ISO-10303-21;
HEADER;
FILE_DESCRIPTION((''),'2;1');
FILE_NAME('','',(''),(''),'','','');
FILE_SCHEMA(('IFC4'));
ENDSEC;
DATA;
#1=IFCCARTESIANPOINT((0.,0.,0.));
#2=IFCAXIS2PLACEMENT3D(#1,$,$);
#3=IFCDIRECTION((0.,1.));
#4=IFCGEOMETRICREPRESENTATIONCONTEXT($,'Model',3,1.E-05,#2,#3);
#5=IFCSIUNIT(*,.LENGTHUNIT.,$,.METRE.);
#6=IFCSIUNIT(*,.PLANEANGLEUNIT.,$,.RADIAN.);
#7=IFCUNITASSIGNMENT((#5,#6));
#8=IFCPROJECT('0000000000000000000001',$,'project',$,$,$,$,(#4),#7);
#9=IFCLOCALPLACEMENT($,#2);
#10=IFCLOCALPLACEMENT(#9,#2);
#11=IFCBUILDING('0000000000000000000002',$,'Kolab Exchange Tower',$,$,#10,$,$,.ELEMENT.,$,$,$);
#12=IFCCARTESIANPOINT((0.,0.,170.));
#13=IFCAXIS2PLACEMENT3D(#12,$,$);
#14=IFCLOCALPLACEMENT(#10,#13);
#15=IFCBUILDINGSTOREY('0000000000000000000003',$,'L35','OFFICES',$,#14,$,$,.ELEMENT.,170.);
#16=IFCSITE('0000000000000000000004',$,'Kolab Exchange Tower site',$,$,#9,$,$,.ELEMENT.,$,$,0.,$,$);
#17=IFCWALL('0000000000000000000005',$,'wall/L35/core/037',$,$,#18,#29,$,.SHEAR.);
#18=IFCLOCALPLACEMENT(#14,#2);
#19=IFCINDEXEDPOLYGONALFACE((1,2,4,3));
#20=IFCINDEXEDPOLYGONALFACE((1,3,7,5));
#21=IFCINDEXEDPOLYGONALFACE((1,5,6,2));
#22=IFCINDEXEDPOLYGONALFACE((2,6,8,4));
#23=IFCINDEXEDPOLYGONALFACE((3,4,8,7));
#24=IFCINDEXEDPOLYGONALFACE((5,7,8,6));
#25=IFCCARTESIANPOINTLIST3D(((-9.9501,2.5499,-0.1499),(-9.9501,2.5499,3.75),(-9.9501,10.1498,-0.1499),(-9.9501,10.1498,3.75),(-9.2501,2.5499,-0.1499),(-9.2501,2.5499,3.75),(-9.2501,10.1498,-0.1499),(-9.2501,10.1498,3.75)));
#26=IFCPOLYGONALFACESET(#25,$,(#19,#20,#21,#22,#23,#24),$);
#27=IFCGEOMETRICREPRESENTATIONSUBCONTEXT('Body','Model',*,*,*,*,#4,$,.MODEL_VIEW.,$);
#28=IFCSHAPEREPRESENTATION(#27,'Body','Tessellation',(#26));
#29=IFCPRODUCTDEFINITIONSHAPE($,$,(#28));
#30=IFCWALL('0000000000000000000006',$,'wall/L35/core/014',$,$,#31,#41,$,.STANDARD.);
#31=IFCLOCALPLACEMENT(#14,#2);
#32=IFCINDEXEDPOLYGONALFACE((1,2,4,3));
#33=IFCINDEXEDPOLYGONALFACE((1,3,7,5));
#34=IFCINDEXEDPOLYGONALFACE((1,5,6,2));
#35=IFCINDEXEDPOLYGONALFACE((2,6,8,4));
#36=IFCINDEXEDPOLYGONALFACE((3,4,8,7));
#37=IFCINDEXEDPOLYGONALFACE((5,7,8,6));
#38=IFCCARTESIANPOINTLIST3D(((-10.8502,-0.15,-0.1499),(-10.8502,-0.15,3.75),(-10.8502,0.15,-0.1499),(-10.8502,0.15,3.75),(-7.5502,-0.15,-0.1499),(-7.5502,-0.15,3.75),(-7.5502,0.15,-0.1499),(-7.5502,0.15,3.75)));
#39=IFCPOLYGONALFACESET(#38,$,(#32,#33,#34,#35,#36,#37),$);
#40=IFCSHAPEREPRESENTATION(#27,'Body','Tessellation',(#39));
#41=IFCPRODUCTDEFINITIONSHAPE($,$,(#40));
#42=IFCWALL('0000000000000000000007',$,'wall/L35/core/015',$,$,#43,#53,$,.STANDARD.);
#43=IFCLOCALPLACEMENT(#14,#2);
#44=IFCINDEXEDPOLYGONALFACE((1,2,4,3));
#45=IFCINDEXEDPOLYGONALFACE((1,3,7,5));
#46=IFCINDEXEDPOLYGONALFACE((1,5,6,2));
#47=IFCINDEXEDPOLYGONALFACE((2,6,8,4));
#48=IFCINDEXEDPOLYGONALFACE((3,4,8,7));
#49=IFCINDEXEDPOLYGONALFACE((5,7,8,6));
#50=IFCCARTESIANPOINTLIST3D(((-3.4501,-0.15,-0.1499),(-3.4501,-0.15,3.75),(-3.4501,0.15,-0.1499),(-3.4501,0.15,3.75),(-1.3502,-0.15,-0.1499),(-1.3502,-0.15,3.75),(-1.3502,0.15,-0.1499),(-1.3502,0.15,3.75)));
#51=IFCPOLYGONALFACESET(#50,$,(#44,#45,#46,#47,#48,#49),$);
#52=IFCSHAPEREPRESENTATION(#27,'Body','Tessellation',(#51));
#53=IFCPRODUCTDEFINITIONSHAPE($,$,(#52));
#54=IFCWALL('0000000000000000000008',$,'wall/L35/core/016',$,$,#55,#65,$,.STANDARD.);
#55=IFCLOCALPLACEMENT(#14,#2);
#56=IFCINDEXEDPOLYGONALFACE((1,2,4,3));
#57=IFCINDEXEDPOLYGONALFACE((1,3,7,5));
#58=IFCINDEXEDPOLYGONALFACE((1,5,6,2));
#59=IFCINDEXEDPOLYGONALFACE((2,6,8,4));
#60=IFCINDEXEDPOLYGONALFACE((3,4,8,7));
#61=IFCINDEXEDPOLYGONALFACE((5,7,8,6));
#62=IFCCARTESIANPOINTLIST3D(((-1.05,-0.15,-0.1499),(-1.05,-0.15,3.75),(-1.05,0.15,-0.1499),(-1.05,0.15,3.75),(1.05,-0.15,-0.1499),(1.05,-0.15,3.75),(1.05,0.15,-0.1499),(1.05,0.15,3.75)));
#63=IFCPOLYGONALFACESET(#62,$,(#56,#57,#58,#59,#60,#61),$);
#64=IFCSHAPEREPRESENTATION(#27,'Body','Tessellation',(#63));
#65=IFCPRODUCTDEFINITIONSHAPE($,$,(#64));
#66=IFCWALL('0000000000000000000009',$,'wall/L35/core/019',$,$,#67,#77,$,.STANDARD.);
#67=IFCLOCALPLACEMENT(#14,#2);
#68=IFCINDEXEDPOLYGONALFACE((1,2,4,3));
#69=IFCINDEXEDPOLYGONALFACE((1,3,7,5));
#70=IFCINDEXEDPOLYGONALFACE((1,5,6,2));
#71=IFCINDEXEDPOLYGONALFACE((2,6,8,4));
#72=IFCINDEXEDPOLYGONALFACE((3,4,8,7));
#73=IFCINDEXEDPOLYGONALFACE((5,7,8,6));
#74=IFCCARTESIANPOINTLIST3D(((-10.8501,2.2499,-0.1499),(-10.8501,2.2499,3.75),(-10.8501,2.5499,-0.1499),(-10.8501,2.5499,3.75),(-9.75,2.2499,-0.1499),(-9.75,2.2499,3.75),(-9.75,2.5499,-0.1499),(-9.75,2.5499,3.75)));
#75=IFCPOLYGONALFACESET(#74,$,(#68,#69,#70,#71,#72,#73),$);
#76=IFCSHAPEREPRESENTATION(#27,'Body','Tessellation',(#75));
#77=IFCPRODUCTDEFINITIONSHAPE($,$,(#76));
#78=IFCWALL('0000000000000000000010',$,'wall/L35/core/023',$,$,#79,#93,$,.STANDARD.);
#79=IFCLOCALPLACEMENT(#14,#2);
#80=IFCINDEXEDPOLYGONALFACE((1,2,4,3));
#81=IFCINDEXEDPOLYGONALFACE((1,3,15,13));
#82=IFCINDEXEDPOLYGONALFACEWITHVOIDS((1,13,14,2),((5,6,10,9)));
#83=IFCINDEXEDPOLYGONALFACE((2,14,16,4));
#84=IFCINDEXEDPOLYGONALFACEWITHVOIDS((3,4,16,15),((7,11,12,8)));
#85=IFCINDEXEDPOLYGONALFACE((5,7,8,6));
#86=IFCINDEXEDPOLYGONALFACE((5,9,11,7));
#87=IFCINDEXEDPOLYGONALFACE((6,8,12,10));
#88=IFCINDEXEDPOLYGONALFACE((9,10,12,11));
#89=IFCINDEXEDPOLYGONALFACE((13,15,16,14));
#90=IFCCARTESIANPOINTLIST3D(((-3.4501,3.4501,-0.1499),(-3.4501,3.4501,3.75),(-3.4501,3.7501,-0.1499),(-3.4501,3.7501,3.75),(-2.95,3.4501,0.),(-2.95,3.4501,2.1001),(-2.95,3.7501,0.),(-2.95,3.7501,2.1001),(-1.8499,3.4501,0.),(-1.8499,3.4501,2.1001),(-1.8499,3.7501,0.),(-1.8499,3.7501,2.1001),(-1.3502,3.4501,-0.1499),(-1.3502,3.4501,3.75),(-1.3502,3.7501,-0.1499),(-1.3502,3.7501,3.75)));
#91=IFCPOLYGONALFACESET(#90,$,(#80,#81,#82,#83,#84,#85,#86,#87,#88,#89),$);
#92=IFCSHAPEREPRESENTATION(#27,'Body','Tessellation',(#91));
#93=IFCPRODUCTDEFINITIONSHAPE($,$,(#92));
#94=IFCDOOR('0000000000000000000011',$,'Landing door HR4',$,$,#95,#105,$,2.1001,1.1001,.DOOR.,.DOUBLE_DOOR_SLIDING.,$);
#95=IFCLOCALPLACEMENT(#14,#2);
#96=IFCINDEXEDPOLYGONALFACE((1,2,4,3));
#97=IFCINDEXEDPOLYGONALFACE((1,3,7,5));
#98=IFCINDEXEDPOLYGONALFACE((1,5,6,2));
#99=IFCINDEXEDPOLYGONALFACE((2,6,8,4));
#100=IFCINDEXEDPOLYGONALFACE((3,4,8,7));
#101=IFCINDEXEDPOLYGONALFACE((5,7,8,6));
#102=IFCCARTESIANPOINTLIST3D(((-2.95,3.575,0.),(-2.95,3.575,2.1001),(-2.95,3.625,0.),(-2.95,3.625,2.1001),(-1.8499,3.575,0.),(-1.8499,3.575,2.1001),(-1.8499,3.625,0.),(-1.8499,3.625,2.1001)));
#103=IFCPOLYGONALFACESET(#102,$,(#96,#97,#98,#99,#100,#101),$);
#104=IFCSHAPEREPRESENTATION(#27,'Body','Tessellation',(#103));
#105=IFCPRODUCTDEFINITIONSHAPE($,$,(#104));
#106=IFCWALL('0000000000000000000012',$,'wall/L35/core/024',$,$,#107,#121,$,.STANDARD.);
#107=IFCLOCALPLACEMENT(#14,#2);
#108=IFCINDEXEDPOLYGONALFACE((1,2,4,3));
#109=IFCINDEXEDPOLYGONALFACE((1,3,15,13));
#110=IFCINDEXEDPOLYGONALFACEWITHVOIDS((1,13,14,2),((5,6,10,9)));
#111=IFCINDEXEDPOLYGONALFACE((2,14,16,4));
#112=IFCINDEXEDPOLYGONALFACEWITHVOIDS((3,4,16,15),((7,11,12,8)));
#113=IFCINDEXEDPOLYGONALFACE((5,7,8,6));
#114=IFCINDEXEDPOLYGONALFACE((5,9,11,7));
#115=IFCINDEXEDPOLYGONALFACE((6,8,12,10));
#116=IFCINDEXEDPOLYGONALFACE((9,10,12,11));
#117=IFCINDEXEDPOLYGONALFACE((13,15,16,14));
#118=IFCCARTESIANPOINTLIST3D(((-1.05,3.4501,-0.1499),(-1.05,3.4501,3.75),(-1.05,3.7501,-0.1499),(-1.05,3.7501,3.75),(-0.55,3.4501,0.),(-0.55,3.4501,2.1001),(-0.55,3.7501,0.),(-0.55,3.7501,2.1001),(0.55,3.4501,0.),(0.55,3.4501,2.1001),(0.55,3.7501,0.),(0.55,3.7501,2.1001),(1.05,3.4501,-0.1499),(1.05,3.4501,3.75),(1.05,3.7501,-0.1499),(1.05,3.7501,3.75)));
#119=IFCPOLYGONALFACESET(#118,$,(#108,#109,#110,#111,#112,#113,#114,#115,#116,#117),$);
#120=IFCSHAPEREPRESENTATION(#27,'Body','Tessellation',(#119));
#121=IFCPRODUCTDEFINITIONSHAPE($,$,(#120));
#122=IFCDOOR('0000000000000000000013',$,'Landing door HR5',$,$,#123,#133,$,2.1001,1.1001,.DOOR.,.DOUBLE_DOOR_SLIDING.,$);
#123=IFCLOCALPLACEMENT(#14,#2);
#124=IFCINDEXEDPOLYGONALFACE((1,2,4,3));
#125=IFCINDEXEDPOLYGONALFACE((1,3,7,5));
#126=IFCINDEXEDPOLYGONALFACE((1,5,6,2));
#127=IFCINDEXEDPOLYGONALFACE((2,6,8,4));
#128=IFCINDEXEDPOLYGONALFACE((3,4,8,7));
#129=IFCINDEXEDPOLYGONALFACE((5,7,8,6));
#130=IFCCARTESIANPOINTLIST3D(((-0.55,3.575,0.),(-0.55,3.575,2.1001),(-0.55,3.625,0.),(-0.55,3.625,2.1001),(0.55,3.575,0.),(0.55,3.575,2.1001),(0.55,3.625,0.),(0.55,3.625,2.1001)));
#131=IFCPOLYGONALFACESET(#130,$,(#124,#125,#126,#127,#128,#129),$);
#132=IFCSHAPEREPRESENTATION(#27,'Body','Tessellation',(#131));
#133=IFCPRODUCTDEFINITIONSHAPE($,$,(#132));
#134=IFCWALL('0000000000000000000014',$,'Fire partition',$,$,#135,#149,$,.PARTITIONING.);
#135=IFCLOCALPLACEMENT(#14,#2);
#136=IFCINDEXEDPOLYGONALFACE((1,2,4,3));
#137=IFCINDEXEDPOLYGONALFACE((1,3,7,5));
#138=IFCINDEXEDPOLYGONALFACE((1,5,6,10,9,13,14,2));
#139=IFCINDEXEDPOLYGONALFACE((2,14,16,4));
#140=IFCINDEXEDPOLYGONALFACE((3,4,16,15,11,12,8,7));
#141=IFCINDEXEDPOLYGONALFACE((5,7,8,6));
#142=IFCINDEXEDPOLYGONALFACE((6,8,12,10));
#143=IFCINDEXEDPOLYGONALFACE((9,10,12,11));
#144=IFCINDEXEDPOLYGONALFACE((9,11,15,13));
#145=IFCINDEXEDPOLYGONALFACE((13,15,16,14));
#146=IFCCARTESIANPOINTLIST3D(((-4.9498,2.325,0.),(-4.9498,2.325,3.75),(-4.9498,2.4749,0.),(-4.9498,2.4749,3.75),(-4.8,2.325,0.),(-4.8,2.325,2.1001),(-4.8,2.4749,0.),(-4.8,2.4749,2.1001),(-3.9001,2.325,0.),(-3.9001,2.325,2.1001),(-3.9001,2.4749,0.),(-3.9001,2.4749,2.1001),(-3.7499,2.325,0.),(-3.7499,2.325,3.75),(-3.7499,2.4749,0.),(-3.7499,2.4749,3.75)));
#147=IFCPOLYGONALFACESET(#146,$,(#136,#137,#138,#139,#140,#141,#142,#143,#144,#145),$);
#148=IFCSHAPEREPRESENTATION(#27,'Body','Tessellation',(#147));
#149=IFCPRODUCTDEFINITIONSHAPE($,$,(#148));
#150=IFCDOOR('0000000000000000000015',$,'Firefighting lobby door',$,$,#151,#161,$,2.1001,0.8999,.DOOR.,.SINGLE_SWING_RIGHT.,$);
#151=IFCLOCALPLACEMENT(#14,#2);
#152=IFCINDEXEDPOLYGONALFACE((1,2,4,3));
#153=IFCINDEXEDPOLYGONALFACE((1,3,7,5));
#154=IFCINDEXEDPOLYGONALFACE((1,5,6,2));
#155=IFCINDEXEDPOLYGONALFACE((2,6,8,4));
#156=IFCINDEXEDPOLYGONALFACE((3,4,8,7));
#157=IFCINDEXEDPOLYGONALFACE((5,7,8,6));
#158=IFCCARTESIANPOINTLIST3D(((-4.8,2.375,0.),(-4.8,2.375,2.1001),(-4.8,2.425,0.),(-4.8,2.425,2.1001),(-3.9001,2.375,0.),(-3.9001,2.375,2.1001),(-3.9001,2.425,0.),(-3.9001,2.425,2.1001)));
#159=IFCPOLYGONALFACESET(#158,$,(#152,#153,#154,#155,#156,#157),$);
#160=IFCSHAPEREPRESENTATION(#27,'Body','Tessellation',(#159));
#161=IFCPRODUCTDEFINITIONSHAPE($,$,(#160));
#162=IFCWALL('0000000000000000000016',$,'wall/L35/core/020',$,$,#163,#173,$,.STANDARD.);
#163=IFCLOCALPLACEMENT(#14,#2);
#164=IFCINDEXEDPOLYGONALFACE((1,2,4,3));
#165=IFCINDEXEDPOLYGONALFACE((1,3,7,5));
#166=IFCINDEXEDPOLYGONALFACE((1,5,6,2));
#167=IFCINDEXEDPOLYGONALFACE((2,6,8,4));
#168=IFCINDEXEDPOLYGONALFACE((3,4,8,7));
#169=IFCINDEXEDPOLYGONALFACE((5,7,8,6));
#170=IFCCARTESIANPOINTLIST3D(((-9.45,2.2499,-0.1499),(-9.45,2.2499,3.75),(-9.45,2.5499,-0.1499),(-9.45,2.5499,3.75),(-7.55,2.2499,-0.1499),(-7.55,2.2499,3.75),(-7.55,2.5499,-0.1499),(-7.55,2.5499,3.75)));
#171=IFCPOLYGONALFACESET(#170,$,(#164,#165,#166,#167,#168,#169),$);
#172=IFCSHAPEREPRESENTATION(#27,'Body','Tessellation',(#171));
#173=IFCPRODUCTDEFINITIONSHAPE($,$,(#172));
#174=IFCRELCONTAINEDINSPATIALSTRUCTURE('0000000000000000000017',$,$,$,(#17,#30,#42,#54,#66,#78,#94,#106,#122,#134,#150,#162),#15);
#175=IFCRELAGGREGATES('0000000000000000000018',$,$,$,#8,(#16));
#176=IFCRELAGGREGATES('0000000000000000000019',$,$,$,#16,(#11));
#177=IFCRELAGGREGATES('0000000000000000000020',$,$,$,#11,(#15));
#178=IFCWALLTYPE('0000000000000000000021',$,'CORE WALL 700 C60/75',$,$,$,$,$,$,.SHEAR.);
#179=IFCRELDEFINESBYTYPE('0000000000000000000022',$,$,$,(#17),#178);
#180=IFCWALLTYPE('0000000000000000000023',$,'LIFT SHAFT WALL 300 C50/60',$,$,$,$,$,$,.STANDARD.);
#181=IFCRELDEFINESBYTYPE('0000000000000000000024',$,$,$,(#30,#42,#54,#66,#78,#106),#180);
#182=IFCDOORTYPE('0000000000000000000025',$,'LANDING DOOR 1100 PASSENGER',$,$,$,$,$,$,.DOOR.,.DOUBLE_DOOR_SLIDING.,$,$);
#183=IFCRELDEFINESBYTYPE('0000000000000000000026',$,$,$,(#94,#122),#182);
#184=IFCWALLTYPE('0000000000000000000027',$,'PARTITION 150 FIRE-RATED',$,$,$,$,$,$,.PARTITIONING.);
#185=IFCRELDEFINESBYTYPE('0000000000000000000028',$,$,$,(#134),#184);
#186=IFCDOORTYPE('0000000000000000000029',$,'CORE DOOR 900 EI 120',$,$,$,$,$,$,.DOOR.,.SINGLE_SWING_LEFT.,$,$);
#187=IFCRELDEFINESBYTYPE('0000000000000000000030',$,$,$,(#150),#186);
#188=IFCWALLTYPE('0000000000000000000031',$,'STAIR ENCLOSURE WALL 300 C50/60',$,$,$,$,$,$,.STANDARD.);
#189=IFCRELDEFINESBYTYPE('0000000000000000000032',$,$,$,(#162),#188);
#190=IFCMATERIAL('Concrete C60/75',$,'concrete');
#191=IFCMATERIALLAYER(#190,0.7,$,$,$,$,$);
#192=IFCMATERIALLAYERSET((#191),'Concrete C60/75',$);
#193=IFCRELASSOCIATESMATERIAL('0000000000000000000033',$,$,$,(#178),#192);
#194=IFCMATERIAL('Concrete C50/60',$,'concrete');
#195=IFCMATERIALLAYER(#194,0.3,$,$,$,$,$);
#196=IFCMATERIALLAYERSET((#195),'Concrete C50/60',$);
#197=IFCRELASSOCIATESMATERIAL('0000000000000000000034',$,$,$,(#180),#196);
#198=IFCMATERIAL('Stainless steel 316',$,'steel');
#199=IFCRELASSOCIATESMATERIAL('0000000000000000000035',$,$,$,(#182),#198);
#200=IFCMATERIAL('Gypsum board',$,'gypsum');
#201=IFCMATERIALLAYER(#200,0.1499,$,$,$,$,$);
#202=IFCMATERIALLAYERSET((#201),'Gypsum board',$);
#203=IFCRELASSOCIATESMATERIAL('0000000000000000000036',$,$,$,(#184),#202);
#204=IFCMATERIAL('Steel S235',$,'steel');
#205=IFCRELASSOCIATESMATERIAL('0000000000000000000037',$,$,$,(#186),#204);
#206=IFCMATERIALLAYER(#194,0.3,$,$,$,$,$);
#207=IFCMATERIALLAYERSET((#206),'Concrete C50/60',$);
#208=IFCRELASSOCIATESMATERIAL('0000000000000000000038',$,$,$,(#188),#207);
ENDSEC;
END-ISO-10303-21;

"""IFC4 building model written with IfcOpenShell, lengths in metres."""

from ifc_helpers import new_model, si_unit, direction, frame, frame_2d, origin, place, context, subcontext, project, spatial, rectangle, extrude, material, layer, layer_set, type_object, element, fill, save


model = new_model("IFC4")

# Units and contexts
model_context = context("Model", 3, precision=1e-05, world=origin(), true_north=direction((0.0, 1.0)))
body_context = subcontext(model_context, "Body", "Model", "MODEL_VIEW")
ifc_project = project(units=[si_unit("LENGTHUNIT", "METRE"), si_unit("PLANEANGLEUNIT", "RADIAN")], contexts=[model_context])

# Site, building, storey
site_placement = place(None, origin())
site = spatial("IfcSite", under=ifc_project, at=site_placement, Name="Kolab Exchange Tower site", CompositionType="ELEMENT", RefElevation=0.0)
building_placement = place(site_placement, origin())
building = spatial("IfcBuilding", under=site, at=building_placement, Name="Kolab Exchange Tower", CompositionType="ELEMENT")
storey_placement = place(building_placement, frame((0.0, 0.0, 170.0)))
storey = spatial("IfcBuildingStorey", under=building, at=storey_placement, Name="L35", Description="OFFICES", CompositionType="ELEMENT", Elevation=170.0)

# Walls
ifc_material_1 = material(Name="Concrete C60/75", Category="concrete")
ifc_layer_1 = layer(ifc_material_1, 0.7)
ifc_layer_set_1 = layer_set([ifc_layer_1], Name="Concrete C60/75")
wall_type_1 = type_object("IfcWallType", Name="CORE WALL 700 C60/75", PredefinedType="SHEAR", material=ifc_layer_set_1)
wall_1_placement = place(storey_placement, frame((-9.6001, 2.55, -0.1499), z_axis=(0.0, 0.0, 1.0), x_axis=(0.0, 1.0, 0.0)))
element("IfcWall", 1, at=wall_1_placement, inside=storey, type_object=wall_type_1, Name="wall/L35/core/037", PredefinedType="SHEAR", context=body_context, shape_type="SweptSolid", body=[
    extrude(rectangle(XDim=7.5999, YDim=0.7, at=frame_2d((3.7998, 0.0))), origin(), (0.0, 0.0, 1.0), 3.8999),
])
ifc_material_2 = material(Name="Concrete C50/60", Category="concrete")
ifc_layer_2 = layer(ifc_material_2, 0.3)
ifc_layer_set_2 = layer_set([ifc_layer_2], Name="Concrete C50/60")
wall_type_2 = type_object("IfcWallType", Name="LIFT SHAFT WALL 300 C50/60", PredefinedType="STANDARD", material=ifc_layer_set_2)
wall_2_placement = place(storey_placement, frame((-10.8501, 0.0, -0.1499), z_axis=(0.0, 0.0, 1.0), x_axis=(1.0, 0.0, 0.0)))
element("IfcWall", 2, at=wall_2_placement, inside=storey, type_object=wall_type_2, Name="wall/L35/core/014", PredefinedType="STANDARD", context=body_context, shape_type="SweptSolid", body=[
    extrude(rectangle(XDim=3.3, YDim=0.3, at=frame_2d((1.6499, 0.0))), origin(), (0.0, 0.0, 1.0), 3.8999),
])
wall_3_placement = place(storey_placement, frame((-3.45, 0.0, -0.1499), z_axis=(0.0, 0.0, 1.0), x_axis=(1.0, 0.0, 0.0)))
element("IfcWall", 3, at=wall_3_placement, inside=storey, type_object=wall_type_2, Name="wall/L35/core/015", PredefinedType="STANDARD", context=body_context, shape_type="SweptSolid", body=[
    extrude(rectangle(XDim=2.0999, YDim=0.3, at=frame_2d((1.0498, 0.0))), origin(), (0.0, 0.0, 1.0), 3.8999),
])
wall_4_placement = place(storey_placement, frame((-1.05, 0.0, -0.1499), z_axis=(0.0, 0.0, 1.0), x_axis=(1.0, 0.0, 0.0)))
element("IfcWall", 4, at=wall_4_placement, inside=storey, type_object=wall_type_2, Name="wall/L35/core/016", PredefinedType="STANDARD", context=body_context, shape_type="SweptSolid", body=[
    extrude(rectangle(XDim=2.1001, YDim=0.3, at=frame_2d((1.05, 0.0))), origin(), (0.0, 0.0, 1.0), 3.8999),
])
wall_5_placement = place(storey_placement, frame((-10.8501, 2.3999, -0.1499), z_axis=(0.0, 0.0, 1.0), x_axis=(1.0, 0.0, 0.0)))
element("IfcWall", 5, at=wall_5_placement, inside=storey, type_object=wall_type_2, Name="wall/L35/core/019", PredefinedType="STANDARD", context=body_context, shape_type="SweptSolid", body=[
    extrude(rectangle(XDim=1.1001, YDim=0.3, at=frame_2d((0.55, 0.0))), origin(), (0.0, 0.0, 1.0), 3.8999),
])

# Walls, openings, doors
wall_6_placement = place(storey_placement, frame((-3.45, 3.6001, -0.1499), z_axis=(0.0, 0.0, 1.0), x_axis=(1.0, 0.0, 0.0)))
wall_6 = element("IfcWall", 6, at=wall_6_placement, inside=storey, type_object=wall_type_2, Name="wall/L35/core/023", PredefinedType="STANDARD", context=body_context, shape_type="SweptSolid", body=[
    extrude(rectangle(XDim=2.0999, YDim=0.3, at=frame_2d((1.0498, 0.0))), origin(), (0.0, 0.0, 1.0), 3.8999),
])
opening_1_placement = place(wall_6_placement, frame((0.5, 0.0, 0.1499)))
opening_1 = element("IfcOpeningElement", 7, at=opening_1_placement, cuts=wall_6, PredefinedType="OPENING", context=body_context, shape_type="SweptSolid", body=[
    extrude(rectangle(XDim=1.1001, YDim=2.1001, at=frame_2d((0.55, 1.05))), frame((0.0, 0.1602, 0.0), z_axis=(0.0, -1.0, 0.0), x_axis=(1.0, 0.0, 0.0)), (0.0, 0.0, 1.0), 0.3201),
])
ifc_material_3 = material(Name="Stainless steel 316", Category="steel")
door_type_1 = type_object("IfcDoorType", Name="LANDING DOOR 1100 PASSENGER", OperationType="DOUBLE_DOOR_SLIDING", PredefinedType="DOOR", material=ifc_material_3)
door_1_placement = place(opening_1_placement, origin())
door_1 = element("IfcDoor", 8, at=door_1_placement, inside=storey, type_object=door_type_1, Name="Landing door HR4", OperationType="DOUBLE_DOOR_SLIDING", OverallHeight=2.1001, OverallWidth=1.1001, PredefinedType="DOOR", context=body_context, shape_type="SweptSolid", body=[
    extrude(rectangle(XDim=1.1001, YDim=2.1001, at=frame_2d((0.55, 1.05))), frame((0.0, 0.0249, 0.0), z_axis=(0.0, -1.0, 0.0), x_axis=(1.0, 0.0, 0.0)), (0.0, 0.0, 1.0), 0.05),
])
fill(opening_1, door_1)
wall_7_placement = place(storey_placement, frame((-1.05, 3.6001, -0.1499), z_axis=(0.0, 0.0, 1.0), x_axis=(1.0, 0.0, 0.0)))
wall_7 = element("IfcWall", 9, at=wall_7_placement, inside=storey, type_object=wall_type_2, Name="wall/L35/core/024", PredefinedType="STANDARD", context=body_context, shape_type="SweptSolid", body=[
    extrude(rectangle(XDim=2.1001, YDim=0.3, at=frame_2d((1.05, 0.0))), origin(), (0.0, 0.0, 1.0), 3.8999),
])
opening_2_placement = place(wall_7_placement, frame((0.5, 0.0, 0.1499)))
opening_2 = element("IfcOpeningElement", 10, at=opening_2_placement, cuts=wall_7, PredefinedType="OPENING", context=body_context, shape_type="SweptSolid", body=[
    extrude(rectangle(XDim=1.1001, YDim=2.1001, at=frame_2d((0.55, 1.05))), frame((0.0, 0.1602, 0.0), z_axis=(0.0, -1.0, 0.0), x_axis=(1.0, 0.0, 0.0)), (0.0, 0.0, 1.0), 0.3201),
])
door_2_placement = place(opening_2_placement, origin())
door_2 = element("IfcDoor", 11, at=door_2_placement, inside=storey, type_object=door_type_1, Name="Landing door HR5", OperationType="DOUBLE_DOOR_SLIDING", OverallHeight=2.1001, OverallWidth=1.1001, PredefinedType="DOOR", context=body_context, shape_type="SweptSolid", body=[
    extrude(rectangle(XDim=1.1001, YDim=2.1001, at=frame_2d((0.55, 1.05))), frame((0.0, 0.0249, 0.0), z_axis=(0.0, -1.0, 0.0), x_axis=(1.0, 0.0, 0.0)), (0.0, 0.0, 1.0), 0.05),
])
fill(opening_2, door_2)
ifc_material_4 = material(Name="Gypsum board", Category="gypsum")
ifc_layer_3 = layer(ifc_material_4, 0.1499)
ifc_layer_set_3 = layer_set([ifc_layer_3], Name="Gypsum board")
wall_type_3 = type_object("IfcWallType", Name="PARTITION 150 FIRE-RATED", PredefinedType="PARTITIONING", material=ifc_layer_set_3)
wall_8_placement = place(storey_placement, frame((-4.95, 2.3999, 0.0), z_axis=(0.0, 0.0, 1.0), x_axis=(1.0, 0.0, 0.0)))
wall_8 = element("IfcWall", 12, at=wall_8_placement, inside=storey, type_object=wall_type_3, Name="Fire partition", PredefinedType="PARTITIONING", context=body_context, shape_type="SweptSolid", body=[
    extrude(rectangle(XDim=1.2, YDim=0.1499, at=frame_2d((0.6001, 0.0))), origin(), (0.0, 0.0, 1.0), 3.75),
])
opening_3_placement = place(wall_8_placement, frame((0.1499, 0.0, 0.0)))
opening_3 = element("IfcOpeningElement", 13, at=opening_3_placement, cuts=wall_8, PredefinedType="OPENING", context=body_context, shape_type="SweptSolid", body=[
    extrude(rectangle(XDim=0.8999, YDim=2.1001, at=frame_2d((0.45, 1.05))), frame((0.0, 0.085, 0.0), z_axis=(0.0, -1.0, 0.0), x_axis=(1.0, 0.0, 0.0)), (0.0, 0.0, 1.0), 0.1699),
])
ifc_material_5 = material(Name="Steel S235", Category="steel")
door_type_2 = type_object("IfcDoorType", Name="CORE DOOR 900 EI 120", OperationType="SINGLE_SWING_LEFT", PredefinedType="DOOR", material=ifc_material_5)
door_3_placement = place(opening_3_placement, frame((0.8999, 0.0, 0.0), z_axis=(0.0, 0.0, 1.0), x_axis=(-1.0, 0.0, 0.0)))
door_3 = element("IfcDoor", 14, at=door_3_placement, inside=storey, type_object=door_type_2, Name="Firefighting lobby door", OperationType="SINGLE_SWING_RIGHT", OverallHeight=2.1001, OverallWidth=0.8999, PredefinedType="DOOR", context=body_context, shape_type="SweptSolid", body=[
    extrude(rectangle(XDim=0.8999, YDim=2.1001, at=frame_2d((0.45, 1.05))), frame((0.0, 0.0249, 0.0), z_axis=(0.0, -1.0, 0.0), x_axis=(1.0, 0.0, 0.0)), (0.0, 0.0, 1.0), 0.05),
])
fill(opening_3, door_3)

# Wall
ifc_layer_4 = layer(ifc_material_2, 0.3)
ifc_layer_set_4 = layer_set([ifc_layer_4], Name="Concrete C50/60")
wall_type_4 = type_object("IfcWallType", Name="STAIR ENCLOSURE WALL 300 C50/60", PredefinedType="STANDARD", material=ifc_layer_set_4)
wall_9_placement = place(storey_placement, frame((-9.45, 2.3999, -0.1499), z_axis=(0.0, 0.0, 1.0), x_axis=(1.0, 0.0, 0.0)))
element("IfcWall", 15, at=wall_9_placement, inside=storey, type_object=wall_type_4, Name="wall/L35/core/020", PredefinedType="STANDARD", context=body_context, shape_type="SweptSolid", body=[
    extrude(rectangle(XDim=1.8999, YDim=0.3, at=frame_2d((0.95, 0.0))), origin(), (0.0, 0.0, 1.0), 3.8999),
])

save(model, "model.ifc")
